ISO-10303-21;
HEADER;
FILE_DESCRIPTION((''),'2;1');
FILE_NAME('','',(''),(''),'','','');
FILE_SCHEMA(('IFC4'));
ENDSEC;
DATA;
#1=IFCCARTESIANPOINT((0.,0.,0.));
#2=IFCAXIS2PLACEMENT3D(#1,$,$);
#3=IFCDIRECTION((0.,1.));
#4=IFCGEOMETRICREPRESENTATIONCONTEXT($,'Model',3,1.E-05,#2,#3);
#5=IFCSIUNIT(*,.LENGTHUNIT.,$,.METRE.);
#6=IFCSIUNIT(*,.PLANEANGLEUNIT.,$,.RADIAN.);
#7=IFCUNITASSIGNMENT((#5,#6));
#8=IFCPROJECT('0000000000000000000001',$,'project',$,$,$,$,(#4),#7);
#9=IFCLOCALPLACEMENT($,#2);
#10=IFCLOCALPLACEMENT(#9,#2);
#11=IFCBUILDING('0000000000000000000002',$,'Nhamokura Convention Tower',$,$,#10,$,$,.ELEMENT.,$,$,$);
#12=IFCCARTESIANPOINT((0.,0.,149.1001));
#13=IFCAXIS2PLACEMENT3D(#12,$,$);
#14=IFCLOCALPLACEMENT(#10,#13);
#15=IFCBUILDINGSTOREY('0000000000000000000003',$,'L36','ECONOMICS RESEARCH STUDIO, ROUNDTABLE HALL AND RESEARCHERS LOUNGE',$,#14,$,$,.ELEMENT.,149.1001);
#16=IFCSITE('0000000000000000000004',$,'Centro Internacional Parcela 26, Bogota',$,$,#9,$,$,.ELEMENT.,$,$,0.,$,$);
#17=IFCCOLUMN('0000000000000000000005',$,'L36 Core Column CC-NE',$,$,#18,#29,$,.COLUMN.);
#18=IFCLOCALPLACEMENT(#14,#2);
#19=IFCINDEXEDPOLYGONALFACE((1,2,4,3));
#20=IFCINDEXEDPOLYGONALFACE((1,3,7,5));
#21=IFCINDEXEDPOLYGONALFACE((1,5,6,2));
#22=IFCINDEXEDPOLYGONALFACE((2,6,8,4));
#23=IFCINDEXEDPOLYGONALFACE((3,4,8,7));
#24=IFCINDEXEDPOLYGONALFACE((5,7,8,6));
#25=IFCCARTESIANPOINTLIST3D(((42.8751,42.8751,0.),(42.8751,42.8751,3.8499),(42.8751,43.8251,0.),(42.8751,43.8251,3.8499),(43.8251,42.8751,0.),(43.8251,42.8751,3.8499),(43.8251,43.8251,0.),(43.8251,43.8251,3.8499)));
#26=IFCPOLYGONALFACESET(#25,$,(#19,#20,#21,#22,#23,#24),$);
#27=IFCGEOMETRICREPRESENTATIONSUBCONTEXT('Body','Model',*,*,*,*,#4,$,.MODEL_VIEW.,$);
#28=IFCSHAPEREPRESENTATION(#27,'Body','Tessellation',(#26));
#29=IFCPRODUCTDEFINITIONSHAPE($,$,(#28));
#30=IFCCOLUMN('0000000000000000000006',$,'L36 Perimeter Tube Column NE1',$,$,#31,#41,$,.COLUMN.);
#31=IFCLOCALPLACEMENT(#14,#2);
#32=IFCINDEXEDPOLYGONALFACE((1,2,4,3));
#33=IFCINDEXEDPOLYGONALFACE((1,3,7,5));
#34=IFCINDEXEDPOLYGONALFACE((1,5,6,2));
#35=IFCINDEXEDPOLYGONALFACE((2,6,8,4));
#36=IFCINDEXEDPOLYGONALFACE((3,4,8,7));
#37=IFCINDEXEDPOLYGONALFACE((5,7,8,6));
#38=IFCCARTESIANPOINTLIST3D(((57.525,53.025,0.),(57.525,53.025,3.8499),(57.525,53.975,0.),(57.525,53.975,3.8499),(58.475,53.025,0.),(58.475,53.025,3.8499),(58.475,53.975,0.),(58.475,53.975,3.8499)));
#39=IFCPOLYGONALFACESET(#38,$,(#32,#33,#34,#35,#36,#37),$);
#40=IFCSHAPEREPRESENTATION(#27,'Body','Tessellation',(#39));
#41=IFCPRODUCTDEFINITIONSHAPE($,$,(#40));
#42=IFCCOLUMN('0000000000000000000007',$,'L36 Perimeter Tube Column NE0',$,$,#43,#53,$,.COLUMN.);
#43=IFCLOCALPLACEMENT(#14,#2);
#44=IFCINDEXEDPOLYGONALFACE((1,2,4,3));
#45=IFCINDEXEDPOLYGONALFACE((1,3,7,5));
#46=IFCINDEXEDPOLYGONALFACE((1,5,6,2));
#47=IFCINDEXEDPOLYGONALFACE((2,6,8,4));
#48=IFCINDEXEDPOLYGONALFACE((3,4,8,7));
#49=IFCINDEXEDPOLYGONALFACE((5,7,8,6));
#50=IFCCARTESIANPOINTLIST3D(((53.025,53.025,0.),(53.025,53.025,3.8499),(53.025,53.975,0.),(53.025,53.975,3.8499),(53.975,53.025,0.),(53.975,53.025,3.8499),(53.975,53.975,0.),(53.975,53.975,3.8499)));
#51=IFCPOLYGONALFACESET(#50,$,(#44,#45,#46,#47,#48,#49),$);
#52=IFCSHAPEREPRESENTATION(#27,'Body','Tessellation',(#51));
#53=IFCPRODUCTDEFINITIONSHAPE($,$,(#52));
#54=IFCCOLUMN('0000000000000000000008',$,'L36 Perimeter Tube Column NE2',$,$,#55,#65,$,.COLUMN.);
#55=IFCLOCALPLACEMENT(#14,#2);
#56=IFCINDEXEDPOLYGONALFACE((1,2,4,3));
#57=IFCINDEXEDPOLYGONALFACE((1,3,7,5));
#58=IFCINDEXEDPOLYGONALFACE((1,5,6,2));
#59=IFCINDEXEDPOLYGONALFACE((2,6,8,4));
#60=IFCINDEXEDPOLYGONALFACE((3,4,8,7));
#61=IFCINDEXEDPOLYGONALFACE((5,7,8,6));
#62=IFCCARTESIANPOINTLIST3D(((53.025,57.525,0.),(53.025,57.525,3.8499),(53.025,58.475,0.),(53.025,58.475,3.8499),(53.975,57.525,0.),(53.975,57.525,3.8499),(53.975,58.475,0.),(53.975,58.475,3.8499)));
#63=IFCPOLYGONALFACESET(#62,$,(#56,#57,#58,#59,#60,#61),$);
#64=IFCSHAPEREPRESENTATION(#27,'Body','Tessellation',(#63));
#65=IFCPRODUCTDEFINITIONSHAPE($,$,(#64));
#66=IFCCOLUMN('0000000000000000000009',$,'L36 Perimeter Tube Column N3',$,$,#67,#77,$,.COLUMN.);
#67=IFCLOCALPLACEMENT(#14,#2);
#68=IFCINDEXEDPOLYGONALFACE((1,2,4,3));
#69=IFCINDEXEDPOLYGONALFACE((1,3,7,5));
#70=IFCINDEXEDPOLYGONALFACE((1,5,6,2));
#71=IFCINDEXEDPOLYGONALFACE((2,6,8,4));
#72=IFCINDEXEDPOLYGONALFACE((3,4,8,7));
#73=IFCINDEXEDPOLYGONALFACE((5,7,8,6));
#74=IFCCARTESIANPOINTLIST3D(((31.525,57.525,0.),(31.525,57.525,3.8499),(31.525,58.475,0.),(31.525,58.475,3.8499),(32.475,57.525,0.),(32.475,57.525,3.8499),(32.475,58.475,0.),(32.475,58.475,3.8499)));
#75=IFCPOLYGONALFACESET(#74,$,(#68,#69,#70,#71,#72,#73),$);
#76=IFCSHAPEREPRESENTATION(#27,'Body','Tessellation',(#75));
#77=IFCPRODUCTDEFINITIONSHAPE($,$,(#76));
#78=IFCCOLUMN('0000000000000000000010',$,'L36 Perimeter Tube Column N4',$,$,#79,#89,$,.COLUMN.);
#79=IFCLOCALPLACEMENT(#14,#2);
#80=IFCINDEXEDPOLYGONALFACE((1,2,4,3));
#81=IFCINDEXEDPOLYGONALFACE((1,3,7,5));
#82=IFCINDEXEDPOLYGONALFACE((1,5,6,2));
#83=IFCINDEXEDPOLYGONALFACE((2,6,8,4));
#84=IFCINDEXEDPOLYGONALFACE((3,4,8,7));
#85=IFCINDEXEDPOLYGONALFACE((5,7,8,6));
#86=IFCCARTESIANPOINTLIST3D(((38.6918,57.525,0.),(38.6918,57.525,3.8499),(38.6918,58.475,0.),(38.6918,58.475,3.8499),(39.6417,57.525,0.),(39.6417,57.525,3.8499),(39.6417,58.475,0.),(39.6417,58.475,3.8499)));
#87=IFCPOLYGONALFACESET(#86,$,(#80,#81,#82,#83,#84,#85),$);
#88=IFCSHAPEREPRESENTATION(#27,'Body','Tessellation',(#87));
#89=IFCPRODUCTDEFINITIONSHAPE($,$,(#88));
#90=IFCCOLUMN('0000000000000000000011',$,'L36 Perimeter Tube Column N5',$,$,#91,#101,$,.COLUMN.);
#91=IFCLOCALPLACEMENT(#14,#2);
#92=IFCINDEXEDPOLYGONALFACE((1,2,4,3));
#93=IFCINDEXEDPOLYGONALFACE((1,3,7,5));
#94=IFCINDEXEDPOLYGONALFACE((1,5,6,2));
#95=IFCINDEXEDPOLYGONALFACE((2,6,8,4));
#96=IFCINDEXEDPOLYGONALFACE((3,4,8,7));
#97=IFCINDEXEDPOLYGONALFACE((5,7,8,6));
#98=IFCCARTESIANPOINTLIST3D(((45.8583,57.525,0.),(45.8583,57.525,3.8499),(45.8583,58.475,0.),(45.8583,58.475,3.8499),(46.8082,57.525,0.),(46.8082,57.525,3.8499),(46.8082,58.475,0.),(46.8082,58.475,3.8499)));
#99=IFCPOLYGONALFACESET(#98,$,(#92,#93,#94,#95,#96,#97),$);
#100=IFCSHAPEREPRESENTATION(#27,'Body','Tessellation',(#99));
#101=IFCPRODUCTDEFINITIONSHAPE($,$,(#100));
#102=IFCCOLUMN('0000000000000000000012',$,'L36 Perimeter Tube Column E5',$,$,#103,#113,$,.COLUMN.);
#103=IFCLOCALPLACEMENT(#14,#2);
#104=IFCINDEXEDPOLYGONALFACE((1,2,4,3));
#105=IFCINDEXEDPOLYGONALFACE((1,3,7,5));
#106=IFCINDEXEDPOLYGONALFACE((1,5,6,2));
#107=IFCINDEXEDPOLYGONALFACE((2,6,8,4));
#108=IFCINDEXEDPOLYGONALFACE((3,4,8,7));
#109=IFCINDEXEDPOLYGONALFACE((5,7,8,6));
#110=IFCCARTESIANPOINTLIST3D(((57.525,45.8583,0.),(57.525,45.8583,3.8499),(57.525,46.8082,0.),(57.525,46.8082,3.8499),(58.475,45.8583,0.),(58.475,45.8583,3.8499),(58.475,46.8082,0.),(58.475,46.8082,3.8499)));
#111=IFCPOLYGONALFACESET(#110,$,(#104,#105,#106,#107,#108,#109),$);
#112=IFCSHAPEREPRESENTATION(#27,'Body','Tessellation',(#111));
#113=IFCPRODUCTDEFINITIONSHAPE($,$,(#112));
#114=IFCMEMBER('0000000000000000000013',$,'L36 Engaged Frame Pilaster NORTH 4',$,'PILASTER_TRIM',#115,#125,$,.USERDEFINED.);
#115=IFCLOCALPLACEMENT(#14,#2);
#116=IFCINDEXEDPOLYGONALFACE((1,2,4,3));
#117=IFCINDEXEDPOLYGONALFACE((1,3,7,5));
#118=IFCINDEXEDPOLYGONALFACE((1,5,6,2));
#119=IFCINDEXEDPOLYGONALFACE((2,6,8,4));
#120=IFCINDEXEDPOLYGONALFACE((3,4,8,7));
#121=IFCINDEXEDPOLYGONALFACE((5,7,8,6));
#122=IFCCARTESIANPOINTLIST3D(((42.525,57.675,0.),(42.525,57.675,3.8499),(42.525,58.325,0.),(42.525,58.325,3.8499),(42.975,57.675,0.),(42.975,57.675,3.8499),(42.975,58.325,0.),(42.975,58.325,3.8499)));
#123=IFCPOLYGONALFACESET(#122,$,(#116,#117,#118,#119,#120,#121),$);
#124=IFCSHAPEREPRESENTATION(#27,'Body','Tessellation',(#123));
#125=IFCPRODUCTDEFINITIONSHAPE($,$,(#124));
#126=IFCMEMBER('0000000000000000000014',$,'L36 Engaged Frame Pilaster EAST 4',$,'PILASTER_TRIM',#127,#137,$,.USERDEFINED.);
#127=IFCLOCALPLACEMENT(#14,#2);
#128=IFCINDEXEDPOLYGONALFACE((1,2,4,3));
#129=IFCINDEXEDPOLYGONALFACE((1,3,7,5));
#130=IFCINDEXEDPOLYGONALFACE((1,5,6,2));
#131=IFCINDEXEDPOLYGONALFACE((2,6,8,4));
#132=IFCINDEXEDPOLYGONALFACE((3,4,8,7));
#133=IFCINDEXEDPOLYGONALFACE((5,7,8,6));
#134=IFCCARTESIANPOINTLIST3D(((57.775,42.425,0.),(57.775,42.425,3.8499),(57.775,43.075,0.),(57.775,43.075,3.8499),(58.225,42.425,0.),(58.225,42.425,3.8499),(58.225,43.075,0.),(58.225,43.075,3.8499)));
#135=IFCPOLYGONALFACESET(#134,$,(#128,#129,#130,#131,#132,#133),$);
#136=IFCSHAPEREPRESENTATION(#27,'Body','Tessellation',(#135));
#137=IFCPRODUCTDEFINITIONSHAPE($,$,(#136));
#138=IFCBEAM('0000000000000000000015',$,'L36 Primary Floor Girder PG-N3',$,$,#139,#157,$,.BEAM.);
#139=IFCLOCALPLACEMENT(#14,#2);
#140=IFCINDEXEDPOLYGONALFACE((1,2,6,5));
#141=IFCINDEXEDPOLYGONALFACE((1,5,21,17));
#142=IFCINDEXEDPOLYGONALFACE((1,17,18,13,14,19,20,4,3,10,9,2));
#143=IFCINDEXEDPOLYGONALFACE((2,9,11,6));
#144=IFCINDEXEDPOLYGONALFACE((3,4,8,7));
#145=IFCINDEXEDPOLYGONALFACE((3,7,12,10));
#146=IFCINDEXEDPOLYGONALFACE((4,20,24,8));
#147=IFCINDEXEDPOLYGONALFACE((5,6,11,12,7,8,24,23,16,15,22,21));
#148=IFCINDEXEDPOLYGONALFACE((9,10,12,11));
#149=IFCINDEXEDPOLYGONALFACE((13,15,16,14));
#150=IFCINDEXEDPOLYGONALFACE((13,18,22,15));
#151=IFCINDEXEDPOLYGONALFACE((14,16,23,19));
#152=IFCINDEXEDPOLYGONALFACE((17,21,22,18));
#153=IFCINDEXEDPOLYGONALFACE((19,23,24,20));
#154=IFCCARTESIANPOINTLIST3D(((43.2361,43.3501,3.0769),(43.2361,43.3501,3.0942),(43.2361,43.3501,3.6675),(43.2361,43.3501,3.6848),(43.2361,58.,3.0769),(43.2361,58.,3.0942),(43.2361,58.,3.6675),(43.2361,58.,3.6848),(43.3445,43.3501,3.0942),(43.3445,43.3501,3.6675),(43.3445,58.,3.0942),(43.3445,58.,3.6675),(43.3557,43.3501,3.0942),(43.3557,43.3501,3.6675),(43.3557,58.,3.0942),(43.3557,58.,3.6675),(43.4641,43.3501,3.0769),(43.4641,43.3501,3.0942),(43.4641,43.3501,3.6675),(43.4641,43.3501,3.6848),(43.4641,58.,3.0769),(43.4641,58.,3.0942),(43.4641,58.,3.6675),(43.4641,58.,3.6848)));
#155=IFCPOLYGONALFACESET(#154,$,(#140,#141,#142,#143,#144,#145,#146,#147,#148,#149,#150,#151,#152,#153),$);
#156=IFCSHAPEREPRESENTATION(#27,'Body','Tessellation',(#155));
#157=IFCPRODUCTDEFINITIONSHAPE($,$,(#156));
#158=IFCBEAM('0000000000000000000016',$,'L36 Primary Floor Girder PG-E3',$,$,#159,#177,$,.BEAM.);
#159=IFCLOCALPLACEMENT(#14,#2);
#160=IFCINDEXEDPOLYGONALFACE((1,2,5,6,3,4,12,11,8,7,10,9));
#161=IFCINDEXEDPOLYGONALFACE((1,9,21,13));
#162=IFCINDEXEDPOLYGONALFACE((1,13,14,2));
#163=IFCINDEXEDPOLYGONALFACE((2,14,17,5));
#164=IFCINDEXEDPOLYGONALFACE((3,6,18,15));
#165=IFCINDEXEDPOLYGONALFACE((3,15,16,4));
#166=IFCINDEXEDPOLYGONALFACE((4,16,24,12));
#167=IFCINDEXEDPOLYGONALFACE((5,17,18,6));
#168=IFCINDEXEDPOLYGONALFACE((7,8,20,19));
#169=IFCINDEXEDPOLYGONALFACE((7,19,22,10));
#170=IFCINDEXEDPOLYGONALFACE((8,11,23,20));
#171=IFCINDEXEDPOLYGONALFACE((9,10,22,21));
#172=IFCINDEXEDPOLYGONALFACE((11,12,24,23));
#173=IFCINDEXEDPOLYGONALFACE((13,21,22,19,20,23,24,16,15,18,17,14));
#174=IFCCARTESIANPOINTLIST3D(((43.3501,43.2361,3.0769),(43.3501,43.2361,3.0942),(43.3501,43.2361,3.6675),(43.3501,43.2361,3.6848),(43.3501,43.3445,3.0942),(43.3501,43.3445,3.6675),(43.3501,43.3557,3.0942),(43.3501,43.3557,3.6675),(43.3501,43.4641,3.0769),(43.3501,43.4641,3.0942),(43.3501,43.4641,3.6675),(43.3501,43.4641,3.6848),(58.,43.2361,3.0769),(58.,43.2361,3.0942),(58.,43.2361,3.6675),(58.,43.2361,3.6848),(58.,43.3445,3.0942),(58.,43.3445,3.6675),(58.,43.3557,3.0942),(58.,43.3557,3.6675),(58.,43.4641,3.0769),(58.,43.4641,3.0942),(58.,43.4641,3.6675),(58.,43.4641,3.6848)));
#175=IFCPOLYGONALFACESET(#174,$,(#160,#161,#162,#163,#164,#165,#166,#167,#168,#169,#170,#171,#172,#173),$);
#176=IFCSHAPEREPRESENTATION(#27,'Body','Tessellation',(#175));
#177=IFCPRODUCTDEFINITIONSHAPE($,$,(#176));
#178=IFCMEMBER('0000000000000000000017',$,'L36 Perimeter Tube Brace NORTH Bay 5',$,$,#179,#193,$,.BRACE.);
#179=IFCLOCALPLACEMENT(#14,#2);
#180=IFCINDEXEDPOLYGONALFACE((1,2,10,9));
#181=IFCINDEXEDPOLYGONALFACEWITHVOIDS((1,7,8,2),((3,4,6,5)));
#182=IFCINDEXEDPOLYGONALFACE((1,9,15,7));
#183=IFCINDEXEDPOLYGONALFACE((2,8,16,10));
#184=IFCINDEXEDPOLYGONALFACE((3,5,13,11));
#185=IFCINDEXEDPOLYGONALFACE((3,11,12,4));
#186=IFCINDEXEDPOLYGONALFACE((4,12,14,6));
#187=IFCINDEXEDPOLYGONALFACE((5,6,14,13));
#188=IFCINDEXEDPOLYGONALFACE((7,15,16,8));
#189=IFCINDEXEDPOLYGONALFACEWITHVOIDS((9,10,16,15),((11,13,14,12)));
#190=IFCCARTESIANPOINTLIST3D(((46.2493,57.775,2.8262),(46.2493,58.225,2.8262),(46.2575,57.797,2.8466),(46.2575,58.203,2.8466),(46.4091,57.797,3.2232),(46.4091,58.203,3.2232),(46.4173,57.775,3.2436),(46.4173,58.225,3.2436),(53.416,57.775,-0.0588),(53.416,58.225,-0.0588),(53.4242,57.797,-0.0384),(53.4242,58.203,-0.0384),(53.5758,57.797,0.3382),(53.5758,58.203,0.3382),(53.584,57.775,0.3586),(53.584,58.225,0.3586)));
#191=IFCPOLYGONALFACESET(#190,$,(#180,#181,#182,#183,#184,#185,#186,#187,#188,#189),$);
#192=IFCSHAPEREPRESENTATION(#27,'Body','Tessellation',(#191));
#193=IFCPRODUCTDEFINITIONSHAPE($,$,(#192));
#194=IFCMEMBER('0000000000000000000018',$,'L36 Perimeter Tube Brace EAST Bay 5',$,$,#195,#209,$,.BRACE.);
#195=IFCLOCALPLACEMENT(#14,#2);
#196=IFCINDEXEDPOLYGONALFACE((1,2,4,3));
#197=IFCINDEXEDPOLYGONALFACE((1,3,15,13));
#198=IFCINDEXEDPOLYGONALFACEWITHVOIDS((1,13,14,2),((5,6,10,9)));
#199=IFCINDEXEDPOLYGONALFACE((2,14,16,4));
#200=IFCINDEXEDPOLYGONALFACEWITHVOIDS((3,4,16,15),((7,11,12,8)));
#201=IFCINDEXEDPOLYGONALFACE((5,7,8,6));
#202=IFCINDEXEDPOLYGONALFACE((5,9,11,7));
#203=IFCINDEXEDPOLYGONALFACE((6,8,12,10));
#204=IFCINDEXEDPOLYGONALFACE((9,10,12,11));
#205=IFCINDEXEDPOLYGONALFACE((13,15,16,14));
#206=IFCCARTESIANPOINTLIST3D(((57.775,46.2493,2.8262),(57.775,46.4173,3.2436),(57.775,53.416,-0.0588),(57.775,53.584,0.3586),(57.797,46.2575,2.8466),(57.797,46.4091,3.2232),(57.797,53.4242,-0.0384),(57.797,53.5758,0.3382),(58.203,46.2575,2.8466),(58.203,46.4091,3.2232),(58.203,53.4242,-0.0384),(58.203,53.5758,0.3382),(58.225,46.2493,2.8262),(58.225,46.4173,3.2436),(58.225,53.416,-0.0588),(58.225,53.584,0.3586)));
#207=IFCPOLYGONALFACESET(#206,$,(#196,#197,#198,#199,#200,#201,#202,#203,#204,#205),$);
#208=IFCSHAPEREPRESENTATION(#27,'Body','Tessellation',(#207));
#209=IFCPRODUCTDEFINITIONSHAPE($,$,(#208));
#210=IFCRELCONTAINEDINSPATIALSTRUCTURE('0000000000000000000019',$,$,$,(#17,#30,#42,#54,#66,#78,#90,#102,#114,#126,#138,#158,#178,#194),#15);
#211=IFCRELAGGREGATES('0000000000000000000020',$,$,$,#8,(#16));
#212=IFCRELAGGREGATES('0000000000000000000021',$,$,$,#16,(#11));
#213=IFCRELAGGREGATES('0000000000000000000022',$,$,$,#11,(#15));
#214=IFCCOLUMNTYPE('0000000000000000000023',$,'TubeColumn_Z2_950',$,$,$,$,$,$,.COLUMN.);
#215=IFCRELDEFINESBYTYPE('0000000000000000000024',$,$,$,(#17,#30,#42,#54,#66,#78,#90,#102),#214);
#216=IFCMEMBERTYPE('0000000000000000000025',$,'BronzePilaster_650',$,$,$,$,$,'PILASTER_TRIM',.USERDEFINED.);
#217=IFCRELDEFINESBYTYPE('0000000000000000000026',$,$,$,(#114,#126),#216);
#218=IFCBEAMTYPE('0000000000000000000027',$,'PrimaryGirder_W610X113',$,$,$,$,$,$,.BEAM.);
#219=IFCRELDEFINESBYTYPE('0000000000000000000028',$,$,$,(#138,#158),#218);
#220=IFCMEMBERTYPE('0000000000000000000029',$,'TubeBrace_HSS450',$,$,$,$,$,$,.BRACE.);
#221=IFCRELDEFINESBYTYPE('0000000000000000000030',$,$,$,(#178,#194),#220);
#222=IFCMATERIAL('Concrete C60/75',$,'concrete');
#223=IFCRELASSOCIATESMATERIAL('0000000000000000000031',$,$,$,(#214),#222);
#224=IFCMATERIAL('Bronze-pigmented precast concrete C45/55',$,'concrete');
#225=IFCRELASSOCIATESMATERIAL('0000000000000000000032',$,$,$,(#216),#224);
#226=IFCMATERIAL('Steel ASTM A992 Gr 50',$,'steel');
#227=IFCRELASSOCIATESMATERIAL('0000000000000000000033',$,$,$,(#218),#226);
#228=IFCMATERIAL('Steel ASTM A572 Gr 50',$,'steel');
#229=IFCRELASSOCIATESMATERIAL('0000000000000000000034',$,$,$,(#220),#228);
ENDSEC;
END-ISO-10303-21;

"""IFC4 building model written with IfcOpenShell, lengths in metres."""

from ifc_helpers import new_model, si_unit, direction, frame, origin, origin_2d, place, context, subcontext, project, spatial, rectangle, hollow_rectangle, i_section, extrude, material, material_profile, profile_set, type_object, element, save


model = new_model("IFC4")

# Units and contexts
model_context = context("Model", 3, precision=1e-05, world=origin(), true_north=direction((0.0, 1.0)))
body_context = subcontext(model_context, "Body", "Model", "MODEL_VIEW")
ifc_project = project(units=[si_unit("LENGTHUNIT", "METRE"), si_unit("PLANEANGLEUNIT", "RADIAN")], contexts=[model_context])

# Site, building, storey
site_placement = place(None, origin())
site = spatial("IfcSite", under=ifc_project, at=site_placement, Name="Centro Internacional Parcela 26, Bogota", CompositionType="ELEMENT", RefElevation=0.0)
building_placement = place(site_placement, origin())
building = spatial("IfcBuilding", under=site, at=building_placement, Name="Nhamokura Convention Tower", CompositionType="ELEMENT")
storey_placement = place(building_placement, frame((0.0, 0.0, 149.1001)))
storey = spatial("IfcBuildingStorey", under=building, at=storey_placement, Name="L36", Description="ECONOMICS RESEARCH STUDIO, ROUNDTABLE HALL AND RESEARCHERS LOUNGE", CompositionType="ELEMENT", Elevation=149.1001)

# Columns
ifc_material_1 = material(Name="Concrete C60/75", Category="concrete")
ifc_material_profile_1 = material_profile(ifc_material_1, rectangle(XDim=0.95, YDim=0.95, at=origin_2d()))
ifc_profile_set_1 = profile_set([ifc_material_profile_1], Name="Concrete C60/75")
column_type = type_object("IfcColumnType", Name="TubeColumn_Z2_950", PredefinedType="COLUMN", material=ifc_profile_set_1)
for number, where, z_axis, x_axis, name in (
    (1, (43.3501, 43.3501, 0.0), (0.0, 0.0, 1.0), (1.0, 0.0, 0.0), "L36 Core Column CC-NE"),
    (2, (58.0, 53.5, 0.0), (0.0, 0.0, 1.0), (1.0, 0.0, 0.0), "L36 Perimeter Tube Column NE1"),
    (3, (53.5, 53.5, 0.0), (0.0, 0.0, 1.0), (1.0, 0.0, 0.0), "L36 Perimeter Tube Column NE0"),
    (4, (53.5, 58.0, 0.0), (0.0, 0.0, 1.0), (1.0, 0.0, 0.0), "L36 Perimeter Tube Column NE2"),
    (5, (32.0, 58.0, 0.0), (0.0, 0.0, 1.0), (1.0, 0.0, 0.0), "L36 Perimeter Tube Column N3"),
    (6, (39.1667, 58.0, 0.0), (0.0, 0.0, 1.0), (1.0, 0.0, 0.0), "L36 Perimeter Tube Column N4"),
    (7, (46.3333, 58.0, 0.0), (0.0, 0.0, 1.0), (1.0, 0.0, 0.0), "L36 Perimeter Tube Column N5"),
    (8, (58.0, 46.3333, 0.0), (0.0, 0.0, 1.0), (1.0, 0.0, 0.0), "L36 Perimeter Tube Column E5"),
):
    element("IfcColumn", number, at=place(storey_placement, frame(where, z_axis=z_axis, x_axis=x_axis)), inside=storey, type_object=column_type, Name=name, PredefinedType="COLUMN", context=body_context, shape_type="SweptSolid", body=[
        extrude(rectangle(XDim=0.95, YDim=0.95, at=origin_2d()), origin(), (0.0, 0.0, 1.0), 3.8499),
    ])

# Members
ifc_material_2 = material(Name="Bronze-pigmented precast concrete C45/55", Category="concrete")
ifc_material_profile_2 = material_profile(ifc_material_2, rectangle(XDim=0.45, YDim=0.6499, at=origin_2d()))
ifc_profile_set_2 = profile_set([ifc_material_profile_2], Name="Bronze-pigmented precast concrete C45/55")
member_type_1 = type_object("IfcMemberType", Name="BronzePilaster_650", ElementType="PILASTER_TRIM", PredefinedType="USERDEFINED", material=ifc_profile_set_2)
for number, where, z_axis, x_axis, name in (
    (9, (42.75, 58.0, 0.0), (0.0, 0.0, 1.0), (1.0, 0.0, 0.0), "L36 Engaged Frame Pilaster NORTH 4"),
    (10, (58.0, 42.75, 0.0), (0.0, 0.0, 1.0), (1.0, 0.0, 0.0), "L36 Engaged Frame Pilaster EAST 4"),
):
    element("IfcMember", number, at=place(storey_placement, frame(where, z_axis=z_axis, x_axis=x_axis)), inside=storey, type_object=member_type_1, Name=name, ObjectType="PILASTER_TRIM", PredefinedType="USERDEFINED", context=body_context, shape_type="SweptSolid", body=[
        extrude(rectangle(XDim=0.45, YDim=0.6499, at=origin_2d()), origin(), (0.0, 0.0, 1.0), 3.8499),
    ])

# Beams
ifc_material_3 = material(Name="Steel ASTM A992 Gr 50", Category="steel")
ifc_material_profile_3 = material_profile(ifc_material_3, i_section(OverallWidth=0.228, OverallDepth=0.6079, WebThickness=0.0112, FlangeThickness=0.0173, at=origin_2d()))
ifc_profile_set_3 = profile_set([ifc_material_profile_3], Name="Steel ASTM A992 Gr 50")
beam_type_1 = type_object("IfcBeamType", Name="PrimaryGirder_W610X113", PredefinedType="BEAM", material=ifc_profile_set_3)
for number, where, z_axis, x_axis, name in (
    (11, (43.3501, 43.3501, 3.3809), (0.0, 1.0, 0.0), (-1.0, 0.0, 0.0), "L36 Primary Floor Girder PG-N3"),
    (12, (43.3501, 43.3501, 3.3809), (1.0, 0.0, 0.0), (0.0, 1.0, 0.0), "L36 Primary Floor Girder PG-E3"),
):
    element("IfcBeam", number, at=place(storey_placement, frame(where, z_axis=z_axis, x_axis=x_axis)), inside=storey, type_object=beam_type_1, Name=name, PredefinedType="BEAM", context=body_context, shape_type="SweptSolid", body=[
        extrude(i_section(OverallWidth=0.228, OverallDepth=0.6079, WebThickness=0.0112, FlangeThickness=0.0173, at=origin_2d()), origin(), (0.0, 0.0, 1.0), 14.6499),
    ])

# Members
ifc_material_4 = material(Name="Steel ASTM A572 Gr 50", Category="steel")
ifc_material_profile_4 = material_profile(ifc_material_4, hollow_rectangle(XDim=0.45, YDim=0.45, WallThickness=0.022, at=origin_2d()))
ifc_profile_set_4 = profile_set([ifc_material_profile_4], Name="Steel ASTM A572 Gr 50")
member_type_2 = type_object("IfcMemberType", Name="TubeBrace_HSS450", PredefinedType="BRACE", material=ifc_profile_set_4)
for number, where, z_axis, x_axis, name in (
    (13, (53.5, 58.0, 0.1499), (-0.927657, 0.0, 0.373433), (0.0, -1.0, 0.0), "L36 Perimeter Tube Brace NORTH Bay 5"),
    (14, (58.0, 53.5, 0.1499), (0.0, -0.927657, 0.373433), (1.0, 0.0, 0.0), "L36 Perimeter Tube Brace EAST Bay 5"),
):
    element("IfcMember", number, at=place(storey_placement, frame(where, z_axis=z_axis, x_axis=x_axis)), inside=storey, type_object=member_type_2, Name=name, PredefinedType="BRACE", context=body_context, shape_type="SweptSolid", body=[
        extrude(hollow_rectangle(XDim=0.45, YDim=0.45, WallThickness=0.022, at=origin_2d()), origin(), (0.0, 0.0, 1.0), 7.7256),
    ])

save(model, "model.ifc")
